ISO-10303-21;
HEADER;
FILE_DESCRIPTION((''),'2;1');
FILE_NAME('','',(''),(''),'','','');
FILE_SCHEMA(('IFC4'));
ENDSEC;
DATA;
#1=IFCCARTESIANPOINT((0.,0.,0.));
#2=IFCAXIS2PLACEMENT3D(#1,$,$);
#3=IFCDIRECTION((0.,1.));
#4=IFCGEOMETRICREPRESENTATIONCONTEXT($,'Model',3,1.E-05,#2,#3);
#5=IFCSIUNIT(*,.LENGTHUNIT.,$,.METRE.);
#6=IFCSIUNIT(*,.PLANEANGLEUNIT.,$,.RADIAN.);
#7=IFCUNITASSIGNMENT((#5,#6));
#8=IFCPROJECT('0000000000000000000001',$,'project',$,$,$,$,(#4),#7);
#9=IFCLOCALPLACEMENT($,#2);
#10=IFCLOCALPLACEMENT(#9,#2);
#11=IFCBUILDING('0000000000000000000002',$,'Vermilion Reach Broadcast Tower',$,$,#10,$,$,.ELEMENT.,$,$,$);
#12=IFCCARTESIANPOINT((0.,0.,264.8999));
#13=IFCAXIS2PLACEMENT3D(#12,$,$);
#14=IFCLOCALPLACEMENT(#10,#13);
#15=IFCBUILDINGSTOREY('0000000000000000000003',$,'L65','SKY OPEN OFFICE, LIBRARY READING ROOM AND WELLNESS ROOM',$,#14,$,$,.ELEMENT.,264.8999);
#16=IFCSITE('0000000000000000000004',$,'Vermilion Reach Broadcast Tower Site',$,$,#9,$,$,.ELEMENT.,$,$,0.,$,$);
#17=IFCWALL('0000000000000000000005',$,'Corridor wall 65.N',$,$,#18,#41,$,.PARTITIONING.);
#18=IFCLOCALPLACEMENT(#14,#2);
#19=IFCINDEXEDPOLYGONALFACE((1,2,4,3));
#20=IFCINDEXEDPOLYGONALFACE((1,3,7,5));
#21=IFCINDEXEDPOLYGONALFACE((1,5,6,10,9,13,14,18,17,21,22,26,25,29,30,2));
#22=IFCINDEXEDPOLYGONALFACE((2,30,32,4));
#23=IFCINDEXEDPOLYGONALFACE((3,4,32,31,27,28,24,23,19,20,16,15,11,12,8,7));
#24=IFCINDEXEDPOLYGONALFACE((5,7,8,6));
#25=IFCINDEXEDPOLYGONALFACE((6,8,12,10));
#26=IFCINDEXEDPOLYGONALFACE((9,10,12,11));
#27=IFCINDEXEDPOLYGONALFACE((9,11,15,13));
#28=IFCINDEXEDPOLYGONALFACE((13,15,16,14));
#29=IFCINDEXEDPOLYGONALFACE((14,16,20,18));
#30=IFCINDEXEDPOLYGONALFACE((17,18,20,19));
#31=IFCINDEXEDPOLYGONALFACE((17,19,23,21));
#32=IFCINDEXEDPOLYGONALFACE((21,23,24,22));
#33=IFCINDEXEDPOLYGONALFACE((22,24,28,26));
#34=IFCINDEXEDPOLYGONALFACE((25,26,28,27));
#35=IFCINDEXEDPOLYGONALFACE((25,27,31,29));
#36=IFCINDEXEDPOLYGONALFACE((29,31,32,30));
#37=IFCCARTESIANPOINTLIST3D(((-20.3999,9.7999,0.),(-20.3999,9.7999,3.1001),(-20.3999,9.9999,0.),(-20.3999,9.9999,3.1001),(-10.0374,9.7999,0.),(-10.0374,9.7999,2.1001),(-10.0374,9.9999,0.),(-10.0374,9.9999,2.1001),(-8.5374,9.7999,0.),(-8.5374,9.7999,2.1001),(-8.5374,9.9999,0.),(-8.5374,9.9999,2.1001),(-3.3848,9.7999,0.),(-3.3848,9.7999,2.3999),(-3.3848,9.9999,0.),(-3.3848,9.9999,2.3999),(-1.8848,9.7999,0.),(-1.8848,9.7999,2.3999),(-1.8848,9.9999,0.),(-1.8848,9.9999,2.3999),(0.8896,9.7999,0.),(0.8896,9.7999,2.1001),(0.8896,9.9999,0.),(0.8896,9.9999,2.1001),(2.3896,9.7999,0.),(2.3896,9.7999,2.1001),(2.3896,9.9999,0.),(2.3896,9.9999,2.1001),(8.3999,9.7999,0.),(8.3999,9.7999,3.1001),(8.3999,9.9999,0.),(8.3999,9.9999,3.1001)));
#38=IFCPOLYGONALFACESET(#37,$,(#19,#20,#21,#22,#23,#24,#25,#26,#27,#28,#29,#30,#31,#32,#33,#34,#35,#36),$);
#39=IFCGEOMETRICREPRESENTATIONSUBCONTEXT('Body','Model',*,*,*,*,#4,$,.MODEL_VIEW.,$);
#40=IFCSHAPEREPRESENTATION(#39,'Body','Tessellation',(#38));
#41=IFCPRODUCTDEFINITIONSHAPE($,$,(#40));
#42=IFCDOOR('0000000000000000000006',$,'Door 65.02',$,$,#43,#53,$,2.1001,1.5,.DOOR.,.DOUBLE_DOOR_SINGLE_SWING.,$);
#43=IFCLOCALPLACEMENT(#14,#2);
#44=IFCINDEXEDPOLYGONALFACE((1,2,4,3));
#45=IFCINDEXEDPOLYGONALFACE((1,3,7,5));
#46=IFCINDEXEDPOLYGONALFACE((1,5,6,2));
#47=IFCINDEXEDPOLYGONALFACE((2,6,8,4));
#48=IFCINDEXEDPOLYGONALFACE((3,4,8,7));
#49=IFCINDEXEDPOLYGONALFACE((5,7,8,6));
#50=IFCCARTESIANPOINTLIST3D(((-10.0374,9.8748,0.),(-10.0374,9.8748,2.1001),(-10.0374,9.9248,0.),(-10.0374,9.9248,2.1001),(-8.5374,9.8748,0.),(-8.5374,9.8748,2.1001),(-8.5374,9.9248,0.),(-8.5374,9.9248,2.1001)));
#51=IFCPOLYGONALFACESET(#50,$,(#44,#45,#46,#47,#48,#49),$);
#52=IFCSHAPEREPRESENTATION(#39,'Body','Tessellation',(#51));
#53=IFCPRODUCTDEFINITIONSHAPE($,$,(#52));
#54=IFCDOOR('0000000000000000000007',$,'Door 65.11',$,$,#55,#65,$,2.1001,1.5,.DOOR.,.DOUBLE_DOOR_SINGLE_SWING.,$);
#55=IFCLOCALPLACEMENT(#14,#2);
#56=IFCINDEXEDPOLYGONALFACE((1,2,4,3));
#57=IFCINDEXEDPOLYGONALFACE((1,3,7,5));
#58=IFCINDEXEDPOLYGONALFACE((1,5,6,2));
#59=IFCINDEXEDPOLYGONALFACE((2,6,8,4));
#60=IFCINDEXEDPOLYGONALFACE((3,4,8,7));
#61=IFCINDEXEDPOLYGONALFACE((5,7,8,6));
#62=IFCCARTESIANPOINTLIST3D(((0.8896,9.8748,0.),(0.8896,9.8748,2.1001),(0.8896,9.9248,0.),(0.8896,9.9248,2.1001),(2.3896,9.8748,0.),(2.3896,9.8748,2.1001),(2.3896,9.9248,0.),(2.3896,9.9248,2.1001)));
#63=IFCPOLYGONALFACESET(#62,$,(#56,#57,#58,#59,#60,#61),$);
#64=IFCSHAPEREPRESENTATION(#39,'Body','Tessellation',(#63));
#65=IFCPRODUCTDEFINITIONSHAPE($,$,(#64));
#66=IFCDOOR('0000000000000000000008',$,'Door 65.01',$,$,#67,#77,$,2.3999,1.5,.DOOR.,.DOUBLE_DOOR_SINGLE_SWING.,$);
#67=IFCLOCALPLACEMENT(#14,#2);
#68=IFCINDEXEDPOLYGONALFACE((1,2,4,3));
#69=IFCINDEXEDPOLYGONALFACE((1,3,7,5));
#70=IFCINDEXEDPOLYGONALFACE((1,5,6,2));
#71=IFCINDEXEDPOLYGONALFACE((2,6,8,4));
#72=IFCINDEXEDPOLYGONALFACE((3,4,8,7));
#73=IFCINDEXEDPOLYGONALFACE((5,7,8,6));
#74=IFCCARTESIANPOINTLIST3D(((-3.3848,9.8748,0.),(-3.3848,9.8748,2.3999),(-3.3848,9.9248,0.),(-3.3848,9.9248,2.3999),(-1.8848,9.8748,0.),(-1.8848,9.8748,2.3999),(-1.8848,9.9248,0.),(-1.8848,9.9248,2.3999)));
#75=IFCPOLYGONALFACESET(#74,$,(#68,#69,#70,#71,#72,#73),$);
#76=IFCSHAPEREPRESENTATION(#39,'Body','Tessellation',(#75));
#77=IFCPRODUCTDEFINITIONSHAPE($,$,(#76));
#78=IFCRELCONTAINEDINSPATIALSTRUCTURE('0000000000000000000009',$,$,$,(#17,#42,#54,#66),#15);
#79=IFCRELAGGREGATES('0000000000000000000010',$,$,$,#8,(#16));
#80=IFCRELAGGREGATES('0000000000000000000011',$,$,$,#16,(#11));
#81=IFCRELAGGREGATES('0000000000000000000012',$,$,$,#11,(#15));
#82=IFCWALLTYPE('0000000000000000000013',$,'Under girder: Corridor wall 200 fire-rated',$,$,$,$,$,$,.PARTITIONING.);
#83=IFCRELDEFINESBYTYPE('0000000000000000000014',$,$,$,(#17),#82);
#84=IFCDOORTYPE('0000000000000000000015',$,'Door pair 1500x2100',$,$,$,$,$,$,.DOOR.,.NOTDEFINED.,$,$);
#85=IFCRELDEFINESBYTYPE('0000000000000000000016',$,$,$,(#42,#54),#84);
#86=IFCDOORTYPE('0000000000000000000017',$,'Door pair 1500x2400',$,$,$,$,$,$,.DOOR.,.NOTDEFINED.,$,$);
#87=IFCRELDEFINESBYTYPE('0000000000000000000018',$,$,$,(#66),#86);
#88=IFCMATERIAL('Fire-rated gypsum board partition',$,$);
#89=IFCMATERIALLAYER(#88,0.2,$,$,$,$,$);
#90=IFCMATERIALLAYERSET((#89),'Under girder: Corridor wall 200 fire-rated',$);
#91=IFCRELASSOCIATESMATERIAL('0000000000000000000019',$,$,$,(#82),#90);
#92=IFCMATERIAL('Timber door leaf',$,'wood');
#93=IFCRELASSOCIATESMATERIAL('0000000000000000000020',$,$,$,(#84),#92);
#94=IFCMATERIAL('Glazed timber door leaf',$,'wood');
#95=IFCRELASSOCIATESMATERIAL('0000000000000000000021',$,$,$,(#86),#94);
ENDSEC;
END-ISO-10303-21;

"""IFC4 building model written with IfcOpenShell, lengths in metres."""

from ifc_helpers import new_model, si_unit, direction, frame, frame_2d, origin, place, context, subcontext, project, spatial, rectangle, extrude, material, layer, layer_set, type_object, element, fill, save


model = new_model("IFC4")

# Units and contexts
model_context = context("Model", 3, precision=1e-05, world=origin(), true_north=direction((0.0, 1.0)))
body_context = subcontext(model_context, "Body", "Model", "MODEL_VIEW")
ifc_project = project(units=[si_unit("LENGTHUNIT", "METRE"), si_unit("PLANEANGLEUNIT", "RADIAN")], contexts=[model_context])

# Site, building, storey
site_placement = place(None, origin())
site = spatial("IfcSite", under=ifc_project, at=site_placement, Name="Vermilion Reach Broadcast Tower Site", CompositionType="ELEMENT", RefElevation=0.0)
building_placement = place(site_placement, origin())
building = spatial("IfcBuilding", under=site, at=building_placement, Name="Vermilion Reach Broadcast Tower", CompositionType="ELEMENT")
storey_placement = place(building_placement, frame((0.0, 0.0, 264.8999)))
storey = spatial("IfcBuildingStorey", under=building, at=storey_placement, Name="L65", Description="SKY OPEN OFFICE, LIBRARY READING ROOM AND WELLNESS ROOM", CompositionType="ELEMENT", Elevation=264.8999)

# Wall, openings, doors
ifc_material_1 = material(Name="Fire-rated gypsum board partition")
ifc_layer_1 = layer(ifc_material_1, 0.2)
ifc_layer_set_1 = layer_set([ifc_layer_1], Name="Under girder: Corridor wall 200 fire-rated")
wall_type_1 = type_object("IfcWallType", Name="Under girder: Corridor wall 200 fire-rated", PredefinedType="PARTITIONING", material=ifc_layer_set_1)
wall_1_placement = place(storey_placement, frame((-20.3999, 9.8999, 0.0), z_axis=(0.0, 0.0, 1.0), x_axis=(1.0, 0.0, 0.0)))
wall_1 = element("IfcWall", 1, at=wall_1_placement, inside=storey, type_object=wall_type_1, Name="Corridor wall 65.N", PredefinedType="PARTITIONING", context=body_context, shape_type="SweptSolid", body=[
    extrude(rectangle(XDim=28.7998, YDim=0.2, at=frame_2d((14.3999, 0.0))), origin(), (0.0, 0.0, 1.0), 3.1001),
])
opening_1_placement = place(wall_1_placement, frame((17.0151, 0.0, 0.0)))
opening_1 = element("IfcOpeningElement", 2, at=opening_1_placement, cuts=wall_1, PredefinedType="OPENING", context=body_context, shape_type="SweptSolid", body=[
    extrude(rectangle(XDim=1.5, YDim=2.3999, at=frame_2d((0.75, 1.2))), frame((0.0, 0.1099, 0.0), z_axis=(0.0, -1.0, 0.0), x_axis=(1.0, 0.0, 0.0)), (0.0, 0.0, 1.0), 0.22),
])
opening_2_placement = place(wall_1_placement, frame((10.3625, 0.0, 0.0)))
opening_2 = element("IfcOpeningElement", 3, at=opening_2_placement, cuts=wall_1, PredefinedType="OPENING", context=body_context, shape_type="SweptSolid", body=[
    extrude(rectangle(XDim=1.5, YDim=2.1001, at=frame_2d((0.75, 1.05))), frame((0.0, 0.1099, 0.0), z_axis=(0.0, -1.0, 0.0), x_axis=(1.0, 0.0, 0.0)), (0.0, 0.0, 1.0), 0.22),
])
opening_3_placement = place(wall_1_placement, frame((21.2896, 0.0, 0.0)))
opening_3 = element("IfcOpeningElement", 4, at=opening_3_placement, cuts=wall_1, PredefinedType="OPENING", context=body_context, shape_type="SweptSolid", body=[
    extrude(rectangle(XDim=1.5, YDim=2.1001, at=frame_2d((0.75, 1.05))), frame((0.0, 0.1099, 0.0), z_axis=(0.0, -1.0, 0.0), x_axis=(1.0, 0.0, 0.0)), (0.0, 0.0, 1.0), 0.22),
])
ifc_material_2 = material(Name="Timber door leaf", Category="wood")
door_type_1 = type_object("IfcDoorType", Name="Door pair 1500x2100", OperationType="NOTDEFINED", PredefinedType="DOOR", material=ifc_material_2)
door_1_placement = place(opening_2_placement, origin())
door_1 = element("IfcDoor", 5, at=door_1_placement, inside=storey, type_object=door_type_1, Name="Door 65.02", OperationType="DOUBLE_DOOR_SINGLE_SWING", OverallHeight=2.1001, OverallWidth=1.5, PredefinedType="DOOR", context=body_context, shape_type="SweptSolid", body=[
    extrude(rectangle(XDim=1.5, YDim=2.1001, at=frame_2d((0.75, 1.05))), frame((0.0, 0.0249, 0.0), z_axis=(0.0, -1.0, 0.0), x_axis=(1.0, 0.0, 0.0)), (0.0, 0.0, 1.0), 0.05),
])
fill(opening_2, door_1)
door_2_placement = place(opening_3_placement, origin())
door_2 = element("IfcDoor", 6, at=door_2_placement, inside=storey, type_object=door_type_1, Name="Door 65.11", OperationType="DOUBLE_DOOR_SINGLE_SWING", OverallHeight=2.1001, OverallWidth=1.5, PredefinedType="DOOR", context=body_context, shape_type="SweptSolid", body=[
    extrude(rectangle(XDim=1.5, YDim=2.1001, at=frame_2d((0.75, 1.05))), frame((0.0, 0.0249, 0.0), z_axis=(0.0, -1.0, 0.0), x_axis=(1.0, 0.0, 0.0)), (0.0, 0.0, 1.0), 0.05),
])
fill(opening_3, door_2)
ifc_material_3 = material(Name="Glazed timber door leaf", Category="wood")
door_type_2 = type_object("IfcDoorType", Name="Door pair 1500x2400", OperationType="NOTDEFINED", PredefinedType="DOOR", material=ifc_material_3)
door_3_placement = place(opening_1_placement, origin())
door_3 = element("IfcDoor", 7, at=door_3_placement, inside=storey, type_object=door_type_2, Name="Door 65.01", OperationType="DOUBLE_DOOR_SINGLE_SWING", OverallHeight=2.3999, OverallWidth=1.5, PredefinedType="DOOR", context=body_context, shape_type="SweptSolid", body=[
    extrude(rectangle(XDim=1.5, YDim=2.3999, at=frame_2d((0.75, 1.2))), frame((0.0, 0.0249, 0.0), z_axis=(0.0, -1.0, 0.0), x_axis=(1.0, 0.0, 0.0)), (0.0, 0.0, 1.0), 0.05),
])
fill(opening_1, door_3)

save(model, "model.ifc")
